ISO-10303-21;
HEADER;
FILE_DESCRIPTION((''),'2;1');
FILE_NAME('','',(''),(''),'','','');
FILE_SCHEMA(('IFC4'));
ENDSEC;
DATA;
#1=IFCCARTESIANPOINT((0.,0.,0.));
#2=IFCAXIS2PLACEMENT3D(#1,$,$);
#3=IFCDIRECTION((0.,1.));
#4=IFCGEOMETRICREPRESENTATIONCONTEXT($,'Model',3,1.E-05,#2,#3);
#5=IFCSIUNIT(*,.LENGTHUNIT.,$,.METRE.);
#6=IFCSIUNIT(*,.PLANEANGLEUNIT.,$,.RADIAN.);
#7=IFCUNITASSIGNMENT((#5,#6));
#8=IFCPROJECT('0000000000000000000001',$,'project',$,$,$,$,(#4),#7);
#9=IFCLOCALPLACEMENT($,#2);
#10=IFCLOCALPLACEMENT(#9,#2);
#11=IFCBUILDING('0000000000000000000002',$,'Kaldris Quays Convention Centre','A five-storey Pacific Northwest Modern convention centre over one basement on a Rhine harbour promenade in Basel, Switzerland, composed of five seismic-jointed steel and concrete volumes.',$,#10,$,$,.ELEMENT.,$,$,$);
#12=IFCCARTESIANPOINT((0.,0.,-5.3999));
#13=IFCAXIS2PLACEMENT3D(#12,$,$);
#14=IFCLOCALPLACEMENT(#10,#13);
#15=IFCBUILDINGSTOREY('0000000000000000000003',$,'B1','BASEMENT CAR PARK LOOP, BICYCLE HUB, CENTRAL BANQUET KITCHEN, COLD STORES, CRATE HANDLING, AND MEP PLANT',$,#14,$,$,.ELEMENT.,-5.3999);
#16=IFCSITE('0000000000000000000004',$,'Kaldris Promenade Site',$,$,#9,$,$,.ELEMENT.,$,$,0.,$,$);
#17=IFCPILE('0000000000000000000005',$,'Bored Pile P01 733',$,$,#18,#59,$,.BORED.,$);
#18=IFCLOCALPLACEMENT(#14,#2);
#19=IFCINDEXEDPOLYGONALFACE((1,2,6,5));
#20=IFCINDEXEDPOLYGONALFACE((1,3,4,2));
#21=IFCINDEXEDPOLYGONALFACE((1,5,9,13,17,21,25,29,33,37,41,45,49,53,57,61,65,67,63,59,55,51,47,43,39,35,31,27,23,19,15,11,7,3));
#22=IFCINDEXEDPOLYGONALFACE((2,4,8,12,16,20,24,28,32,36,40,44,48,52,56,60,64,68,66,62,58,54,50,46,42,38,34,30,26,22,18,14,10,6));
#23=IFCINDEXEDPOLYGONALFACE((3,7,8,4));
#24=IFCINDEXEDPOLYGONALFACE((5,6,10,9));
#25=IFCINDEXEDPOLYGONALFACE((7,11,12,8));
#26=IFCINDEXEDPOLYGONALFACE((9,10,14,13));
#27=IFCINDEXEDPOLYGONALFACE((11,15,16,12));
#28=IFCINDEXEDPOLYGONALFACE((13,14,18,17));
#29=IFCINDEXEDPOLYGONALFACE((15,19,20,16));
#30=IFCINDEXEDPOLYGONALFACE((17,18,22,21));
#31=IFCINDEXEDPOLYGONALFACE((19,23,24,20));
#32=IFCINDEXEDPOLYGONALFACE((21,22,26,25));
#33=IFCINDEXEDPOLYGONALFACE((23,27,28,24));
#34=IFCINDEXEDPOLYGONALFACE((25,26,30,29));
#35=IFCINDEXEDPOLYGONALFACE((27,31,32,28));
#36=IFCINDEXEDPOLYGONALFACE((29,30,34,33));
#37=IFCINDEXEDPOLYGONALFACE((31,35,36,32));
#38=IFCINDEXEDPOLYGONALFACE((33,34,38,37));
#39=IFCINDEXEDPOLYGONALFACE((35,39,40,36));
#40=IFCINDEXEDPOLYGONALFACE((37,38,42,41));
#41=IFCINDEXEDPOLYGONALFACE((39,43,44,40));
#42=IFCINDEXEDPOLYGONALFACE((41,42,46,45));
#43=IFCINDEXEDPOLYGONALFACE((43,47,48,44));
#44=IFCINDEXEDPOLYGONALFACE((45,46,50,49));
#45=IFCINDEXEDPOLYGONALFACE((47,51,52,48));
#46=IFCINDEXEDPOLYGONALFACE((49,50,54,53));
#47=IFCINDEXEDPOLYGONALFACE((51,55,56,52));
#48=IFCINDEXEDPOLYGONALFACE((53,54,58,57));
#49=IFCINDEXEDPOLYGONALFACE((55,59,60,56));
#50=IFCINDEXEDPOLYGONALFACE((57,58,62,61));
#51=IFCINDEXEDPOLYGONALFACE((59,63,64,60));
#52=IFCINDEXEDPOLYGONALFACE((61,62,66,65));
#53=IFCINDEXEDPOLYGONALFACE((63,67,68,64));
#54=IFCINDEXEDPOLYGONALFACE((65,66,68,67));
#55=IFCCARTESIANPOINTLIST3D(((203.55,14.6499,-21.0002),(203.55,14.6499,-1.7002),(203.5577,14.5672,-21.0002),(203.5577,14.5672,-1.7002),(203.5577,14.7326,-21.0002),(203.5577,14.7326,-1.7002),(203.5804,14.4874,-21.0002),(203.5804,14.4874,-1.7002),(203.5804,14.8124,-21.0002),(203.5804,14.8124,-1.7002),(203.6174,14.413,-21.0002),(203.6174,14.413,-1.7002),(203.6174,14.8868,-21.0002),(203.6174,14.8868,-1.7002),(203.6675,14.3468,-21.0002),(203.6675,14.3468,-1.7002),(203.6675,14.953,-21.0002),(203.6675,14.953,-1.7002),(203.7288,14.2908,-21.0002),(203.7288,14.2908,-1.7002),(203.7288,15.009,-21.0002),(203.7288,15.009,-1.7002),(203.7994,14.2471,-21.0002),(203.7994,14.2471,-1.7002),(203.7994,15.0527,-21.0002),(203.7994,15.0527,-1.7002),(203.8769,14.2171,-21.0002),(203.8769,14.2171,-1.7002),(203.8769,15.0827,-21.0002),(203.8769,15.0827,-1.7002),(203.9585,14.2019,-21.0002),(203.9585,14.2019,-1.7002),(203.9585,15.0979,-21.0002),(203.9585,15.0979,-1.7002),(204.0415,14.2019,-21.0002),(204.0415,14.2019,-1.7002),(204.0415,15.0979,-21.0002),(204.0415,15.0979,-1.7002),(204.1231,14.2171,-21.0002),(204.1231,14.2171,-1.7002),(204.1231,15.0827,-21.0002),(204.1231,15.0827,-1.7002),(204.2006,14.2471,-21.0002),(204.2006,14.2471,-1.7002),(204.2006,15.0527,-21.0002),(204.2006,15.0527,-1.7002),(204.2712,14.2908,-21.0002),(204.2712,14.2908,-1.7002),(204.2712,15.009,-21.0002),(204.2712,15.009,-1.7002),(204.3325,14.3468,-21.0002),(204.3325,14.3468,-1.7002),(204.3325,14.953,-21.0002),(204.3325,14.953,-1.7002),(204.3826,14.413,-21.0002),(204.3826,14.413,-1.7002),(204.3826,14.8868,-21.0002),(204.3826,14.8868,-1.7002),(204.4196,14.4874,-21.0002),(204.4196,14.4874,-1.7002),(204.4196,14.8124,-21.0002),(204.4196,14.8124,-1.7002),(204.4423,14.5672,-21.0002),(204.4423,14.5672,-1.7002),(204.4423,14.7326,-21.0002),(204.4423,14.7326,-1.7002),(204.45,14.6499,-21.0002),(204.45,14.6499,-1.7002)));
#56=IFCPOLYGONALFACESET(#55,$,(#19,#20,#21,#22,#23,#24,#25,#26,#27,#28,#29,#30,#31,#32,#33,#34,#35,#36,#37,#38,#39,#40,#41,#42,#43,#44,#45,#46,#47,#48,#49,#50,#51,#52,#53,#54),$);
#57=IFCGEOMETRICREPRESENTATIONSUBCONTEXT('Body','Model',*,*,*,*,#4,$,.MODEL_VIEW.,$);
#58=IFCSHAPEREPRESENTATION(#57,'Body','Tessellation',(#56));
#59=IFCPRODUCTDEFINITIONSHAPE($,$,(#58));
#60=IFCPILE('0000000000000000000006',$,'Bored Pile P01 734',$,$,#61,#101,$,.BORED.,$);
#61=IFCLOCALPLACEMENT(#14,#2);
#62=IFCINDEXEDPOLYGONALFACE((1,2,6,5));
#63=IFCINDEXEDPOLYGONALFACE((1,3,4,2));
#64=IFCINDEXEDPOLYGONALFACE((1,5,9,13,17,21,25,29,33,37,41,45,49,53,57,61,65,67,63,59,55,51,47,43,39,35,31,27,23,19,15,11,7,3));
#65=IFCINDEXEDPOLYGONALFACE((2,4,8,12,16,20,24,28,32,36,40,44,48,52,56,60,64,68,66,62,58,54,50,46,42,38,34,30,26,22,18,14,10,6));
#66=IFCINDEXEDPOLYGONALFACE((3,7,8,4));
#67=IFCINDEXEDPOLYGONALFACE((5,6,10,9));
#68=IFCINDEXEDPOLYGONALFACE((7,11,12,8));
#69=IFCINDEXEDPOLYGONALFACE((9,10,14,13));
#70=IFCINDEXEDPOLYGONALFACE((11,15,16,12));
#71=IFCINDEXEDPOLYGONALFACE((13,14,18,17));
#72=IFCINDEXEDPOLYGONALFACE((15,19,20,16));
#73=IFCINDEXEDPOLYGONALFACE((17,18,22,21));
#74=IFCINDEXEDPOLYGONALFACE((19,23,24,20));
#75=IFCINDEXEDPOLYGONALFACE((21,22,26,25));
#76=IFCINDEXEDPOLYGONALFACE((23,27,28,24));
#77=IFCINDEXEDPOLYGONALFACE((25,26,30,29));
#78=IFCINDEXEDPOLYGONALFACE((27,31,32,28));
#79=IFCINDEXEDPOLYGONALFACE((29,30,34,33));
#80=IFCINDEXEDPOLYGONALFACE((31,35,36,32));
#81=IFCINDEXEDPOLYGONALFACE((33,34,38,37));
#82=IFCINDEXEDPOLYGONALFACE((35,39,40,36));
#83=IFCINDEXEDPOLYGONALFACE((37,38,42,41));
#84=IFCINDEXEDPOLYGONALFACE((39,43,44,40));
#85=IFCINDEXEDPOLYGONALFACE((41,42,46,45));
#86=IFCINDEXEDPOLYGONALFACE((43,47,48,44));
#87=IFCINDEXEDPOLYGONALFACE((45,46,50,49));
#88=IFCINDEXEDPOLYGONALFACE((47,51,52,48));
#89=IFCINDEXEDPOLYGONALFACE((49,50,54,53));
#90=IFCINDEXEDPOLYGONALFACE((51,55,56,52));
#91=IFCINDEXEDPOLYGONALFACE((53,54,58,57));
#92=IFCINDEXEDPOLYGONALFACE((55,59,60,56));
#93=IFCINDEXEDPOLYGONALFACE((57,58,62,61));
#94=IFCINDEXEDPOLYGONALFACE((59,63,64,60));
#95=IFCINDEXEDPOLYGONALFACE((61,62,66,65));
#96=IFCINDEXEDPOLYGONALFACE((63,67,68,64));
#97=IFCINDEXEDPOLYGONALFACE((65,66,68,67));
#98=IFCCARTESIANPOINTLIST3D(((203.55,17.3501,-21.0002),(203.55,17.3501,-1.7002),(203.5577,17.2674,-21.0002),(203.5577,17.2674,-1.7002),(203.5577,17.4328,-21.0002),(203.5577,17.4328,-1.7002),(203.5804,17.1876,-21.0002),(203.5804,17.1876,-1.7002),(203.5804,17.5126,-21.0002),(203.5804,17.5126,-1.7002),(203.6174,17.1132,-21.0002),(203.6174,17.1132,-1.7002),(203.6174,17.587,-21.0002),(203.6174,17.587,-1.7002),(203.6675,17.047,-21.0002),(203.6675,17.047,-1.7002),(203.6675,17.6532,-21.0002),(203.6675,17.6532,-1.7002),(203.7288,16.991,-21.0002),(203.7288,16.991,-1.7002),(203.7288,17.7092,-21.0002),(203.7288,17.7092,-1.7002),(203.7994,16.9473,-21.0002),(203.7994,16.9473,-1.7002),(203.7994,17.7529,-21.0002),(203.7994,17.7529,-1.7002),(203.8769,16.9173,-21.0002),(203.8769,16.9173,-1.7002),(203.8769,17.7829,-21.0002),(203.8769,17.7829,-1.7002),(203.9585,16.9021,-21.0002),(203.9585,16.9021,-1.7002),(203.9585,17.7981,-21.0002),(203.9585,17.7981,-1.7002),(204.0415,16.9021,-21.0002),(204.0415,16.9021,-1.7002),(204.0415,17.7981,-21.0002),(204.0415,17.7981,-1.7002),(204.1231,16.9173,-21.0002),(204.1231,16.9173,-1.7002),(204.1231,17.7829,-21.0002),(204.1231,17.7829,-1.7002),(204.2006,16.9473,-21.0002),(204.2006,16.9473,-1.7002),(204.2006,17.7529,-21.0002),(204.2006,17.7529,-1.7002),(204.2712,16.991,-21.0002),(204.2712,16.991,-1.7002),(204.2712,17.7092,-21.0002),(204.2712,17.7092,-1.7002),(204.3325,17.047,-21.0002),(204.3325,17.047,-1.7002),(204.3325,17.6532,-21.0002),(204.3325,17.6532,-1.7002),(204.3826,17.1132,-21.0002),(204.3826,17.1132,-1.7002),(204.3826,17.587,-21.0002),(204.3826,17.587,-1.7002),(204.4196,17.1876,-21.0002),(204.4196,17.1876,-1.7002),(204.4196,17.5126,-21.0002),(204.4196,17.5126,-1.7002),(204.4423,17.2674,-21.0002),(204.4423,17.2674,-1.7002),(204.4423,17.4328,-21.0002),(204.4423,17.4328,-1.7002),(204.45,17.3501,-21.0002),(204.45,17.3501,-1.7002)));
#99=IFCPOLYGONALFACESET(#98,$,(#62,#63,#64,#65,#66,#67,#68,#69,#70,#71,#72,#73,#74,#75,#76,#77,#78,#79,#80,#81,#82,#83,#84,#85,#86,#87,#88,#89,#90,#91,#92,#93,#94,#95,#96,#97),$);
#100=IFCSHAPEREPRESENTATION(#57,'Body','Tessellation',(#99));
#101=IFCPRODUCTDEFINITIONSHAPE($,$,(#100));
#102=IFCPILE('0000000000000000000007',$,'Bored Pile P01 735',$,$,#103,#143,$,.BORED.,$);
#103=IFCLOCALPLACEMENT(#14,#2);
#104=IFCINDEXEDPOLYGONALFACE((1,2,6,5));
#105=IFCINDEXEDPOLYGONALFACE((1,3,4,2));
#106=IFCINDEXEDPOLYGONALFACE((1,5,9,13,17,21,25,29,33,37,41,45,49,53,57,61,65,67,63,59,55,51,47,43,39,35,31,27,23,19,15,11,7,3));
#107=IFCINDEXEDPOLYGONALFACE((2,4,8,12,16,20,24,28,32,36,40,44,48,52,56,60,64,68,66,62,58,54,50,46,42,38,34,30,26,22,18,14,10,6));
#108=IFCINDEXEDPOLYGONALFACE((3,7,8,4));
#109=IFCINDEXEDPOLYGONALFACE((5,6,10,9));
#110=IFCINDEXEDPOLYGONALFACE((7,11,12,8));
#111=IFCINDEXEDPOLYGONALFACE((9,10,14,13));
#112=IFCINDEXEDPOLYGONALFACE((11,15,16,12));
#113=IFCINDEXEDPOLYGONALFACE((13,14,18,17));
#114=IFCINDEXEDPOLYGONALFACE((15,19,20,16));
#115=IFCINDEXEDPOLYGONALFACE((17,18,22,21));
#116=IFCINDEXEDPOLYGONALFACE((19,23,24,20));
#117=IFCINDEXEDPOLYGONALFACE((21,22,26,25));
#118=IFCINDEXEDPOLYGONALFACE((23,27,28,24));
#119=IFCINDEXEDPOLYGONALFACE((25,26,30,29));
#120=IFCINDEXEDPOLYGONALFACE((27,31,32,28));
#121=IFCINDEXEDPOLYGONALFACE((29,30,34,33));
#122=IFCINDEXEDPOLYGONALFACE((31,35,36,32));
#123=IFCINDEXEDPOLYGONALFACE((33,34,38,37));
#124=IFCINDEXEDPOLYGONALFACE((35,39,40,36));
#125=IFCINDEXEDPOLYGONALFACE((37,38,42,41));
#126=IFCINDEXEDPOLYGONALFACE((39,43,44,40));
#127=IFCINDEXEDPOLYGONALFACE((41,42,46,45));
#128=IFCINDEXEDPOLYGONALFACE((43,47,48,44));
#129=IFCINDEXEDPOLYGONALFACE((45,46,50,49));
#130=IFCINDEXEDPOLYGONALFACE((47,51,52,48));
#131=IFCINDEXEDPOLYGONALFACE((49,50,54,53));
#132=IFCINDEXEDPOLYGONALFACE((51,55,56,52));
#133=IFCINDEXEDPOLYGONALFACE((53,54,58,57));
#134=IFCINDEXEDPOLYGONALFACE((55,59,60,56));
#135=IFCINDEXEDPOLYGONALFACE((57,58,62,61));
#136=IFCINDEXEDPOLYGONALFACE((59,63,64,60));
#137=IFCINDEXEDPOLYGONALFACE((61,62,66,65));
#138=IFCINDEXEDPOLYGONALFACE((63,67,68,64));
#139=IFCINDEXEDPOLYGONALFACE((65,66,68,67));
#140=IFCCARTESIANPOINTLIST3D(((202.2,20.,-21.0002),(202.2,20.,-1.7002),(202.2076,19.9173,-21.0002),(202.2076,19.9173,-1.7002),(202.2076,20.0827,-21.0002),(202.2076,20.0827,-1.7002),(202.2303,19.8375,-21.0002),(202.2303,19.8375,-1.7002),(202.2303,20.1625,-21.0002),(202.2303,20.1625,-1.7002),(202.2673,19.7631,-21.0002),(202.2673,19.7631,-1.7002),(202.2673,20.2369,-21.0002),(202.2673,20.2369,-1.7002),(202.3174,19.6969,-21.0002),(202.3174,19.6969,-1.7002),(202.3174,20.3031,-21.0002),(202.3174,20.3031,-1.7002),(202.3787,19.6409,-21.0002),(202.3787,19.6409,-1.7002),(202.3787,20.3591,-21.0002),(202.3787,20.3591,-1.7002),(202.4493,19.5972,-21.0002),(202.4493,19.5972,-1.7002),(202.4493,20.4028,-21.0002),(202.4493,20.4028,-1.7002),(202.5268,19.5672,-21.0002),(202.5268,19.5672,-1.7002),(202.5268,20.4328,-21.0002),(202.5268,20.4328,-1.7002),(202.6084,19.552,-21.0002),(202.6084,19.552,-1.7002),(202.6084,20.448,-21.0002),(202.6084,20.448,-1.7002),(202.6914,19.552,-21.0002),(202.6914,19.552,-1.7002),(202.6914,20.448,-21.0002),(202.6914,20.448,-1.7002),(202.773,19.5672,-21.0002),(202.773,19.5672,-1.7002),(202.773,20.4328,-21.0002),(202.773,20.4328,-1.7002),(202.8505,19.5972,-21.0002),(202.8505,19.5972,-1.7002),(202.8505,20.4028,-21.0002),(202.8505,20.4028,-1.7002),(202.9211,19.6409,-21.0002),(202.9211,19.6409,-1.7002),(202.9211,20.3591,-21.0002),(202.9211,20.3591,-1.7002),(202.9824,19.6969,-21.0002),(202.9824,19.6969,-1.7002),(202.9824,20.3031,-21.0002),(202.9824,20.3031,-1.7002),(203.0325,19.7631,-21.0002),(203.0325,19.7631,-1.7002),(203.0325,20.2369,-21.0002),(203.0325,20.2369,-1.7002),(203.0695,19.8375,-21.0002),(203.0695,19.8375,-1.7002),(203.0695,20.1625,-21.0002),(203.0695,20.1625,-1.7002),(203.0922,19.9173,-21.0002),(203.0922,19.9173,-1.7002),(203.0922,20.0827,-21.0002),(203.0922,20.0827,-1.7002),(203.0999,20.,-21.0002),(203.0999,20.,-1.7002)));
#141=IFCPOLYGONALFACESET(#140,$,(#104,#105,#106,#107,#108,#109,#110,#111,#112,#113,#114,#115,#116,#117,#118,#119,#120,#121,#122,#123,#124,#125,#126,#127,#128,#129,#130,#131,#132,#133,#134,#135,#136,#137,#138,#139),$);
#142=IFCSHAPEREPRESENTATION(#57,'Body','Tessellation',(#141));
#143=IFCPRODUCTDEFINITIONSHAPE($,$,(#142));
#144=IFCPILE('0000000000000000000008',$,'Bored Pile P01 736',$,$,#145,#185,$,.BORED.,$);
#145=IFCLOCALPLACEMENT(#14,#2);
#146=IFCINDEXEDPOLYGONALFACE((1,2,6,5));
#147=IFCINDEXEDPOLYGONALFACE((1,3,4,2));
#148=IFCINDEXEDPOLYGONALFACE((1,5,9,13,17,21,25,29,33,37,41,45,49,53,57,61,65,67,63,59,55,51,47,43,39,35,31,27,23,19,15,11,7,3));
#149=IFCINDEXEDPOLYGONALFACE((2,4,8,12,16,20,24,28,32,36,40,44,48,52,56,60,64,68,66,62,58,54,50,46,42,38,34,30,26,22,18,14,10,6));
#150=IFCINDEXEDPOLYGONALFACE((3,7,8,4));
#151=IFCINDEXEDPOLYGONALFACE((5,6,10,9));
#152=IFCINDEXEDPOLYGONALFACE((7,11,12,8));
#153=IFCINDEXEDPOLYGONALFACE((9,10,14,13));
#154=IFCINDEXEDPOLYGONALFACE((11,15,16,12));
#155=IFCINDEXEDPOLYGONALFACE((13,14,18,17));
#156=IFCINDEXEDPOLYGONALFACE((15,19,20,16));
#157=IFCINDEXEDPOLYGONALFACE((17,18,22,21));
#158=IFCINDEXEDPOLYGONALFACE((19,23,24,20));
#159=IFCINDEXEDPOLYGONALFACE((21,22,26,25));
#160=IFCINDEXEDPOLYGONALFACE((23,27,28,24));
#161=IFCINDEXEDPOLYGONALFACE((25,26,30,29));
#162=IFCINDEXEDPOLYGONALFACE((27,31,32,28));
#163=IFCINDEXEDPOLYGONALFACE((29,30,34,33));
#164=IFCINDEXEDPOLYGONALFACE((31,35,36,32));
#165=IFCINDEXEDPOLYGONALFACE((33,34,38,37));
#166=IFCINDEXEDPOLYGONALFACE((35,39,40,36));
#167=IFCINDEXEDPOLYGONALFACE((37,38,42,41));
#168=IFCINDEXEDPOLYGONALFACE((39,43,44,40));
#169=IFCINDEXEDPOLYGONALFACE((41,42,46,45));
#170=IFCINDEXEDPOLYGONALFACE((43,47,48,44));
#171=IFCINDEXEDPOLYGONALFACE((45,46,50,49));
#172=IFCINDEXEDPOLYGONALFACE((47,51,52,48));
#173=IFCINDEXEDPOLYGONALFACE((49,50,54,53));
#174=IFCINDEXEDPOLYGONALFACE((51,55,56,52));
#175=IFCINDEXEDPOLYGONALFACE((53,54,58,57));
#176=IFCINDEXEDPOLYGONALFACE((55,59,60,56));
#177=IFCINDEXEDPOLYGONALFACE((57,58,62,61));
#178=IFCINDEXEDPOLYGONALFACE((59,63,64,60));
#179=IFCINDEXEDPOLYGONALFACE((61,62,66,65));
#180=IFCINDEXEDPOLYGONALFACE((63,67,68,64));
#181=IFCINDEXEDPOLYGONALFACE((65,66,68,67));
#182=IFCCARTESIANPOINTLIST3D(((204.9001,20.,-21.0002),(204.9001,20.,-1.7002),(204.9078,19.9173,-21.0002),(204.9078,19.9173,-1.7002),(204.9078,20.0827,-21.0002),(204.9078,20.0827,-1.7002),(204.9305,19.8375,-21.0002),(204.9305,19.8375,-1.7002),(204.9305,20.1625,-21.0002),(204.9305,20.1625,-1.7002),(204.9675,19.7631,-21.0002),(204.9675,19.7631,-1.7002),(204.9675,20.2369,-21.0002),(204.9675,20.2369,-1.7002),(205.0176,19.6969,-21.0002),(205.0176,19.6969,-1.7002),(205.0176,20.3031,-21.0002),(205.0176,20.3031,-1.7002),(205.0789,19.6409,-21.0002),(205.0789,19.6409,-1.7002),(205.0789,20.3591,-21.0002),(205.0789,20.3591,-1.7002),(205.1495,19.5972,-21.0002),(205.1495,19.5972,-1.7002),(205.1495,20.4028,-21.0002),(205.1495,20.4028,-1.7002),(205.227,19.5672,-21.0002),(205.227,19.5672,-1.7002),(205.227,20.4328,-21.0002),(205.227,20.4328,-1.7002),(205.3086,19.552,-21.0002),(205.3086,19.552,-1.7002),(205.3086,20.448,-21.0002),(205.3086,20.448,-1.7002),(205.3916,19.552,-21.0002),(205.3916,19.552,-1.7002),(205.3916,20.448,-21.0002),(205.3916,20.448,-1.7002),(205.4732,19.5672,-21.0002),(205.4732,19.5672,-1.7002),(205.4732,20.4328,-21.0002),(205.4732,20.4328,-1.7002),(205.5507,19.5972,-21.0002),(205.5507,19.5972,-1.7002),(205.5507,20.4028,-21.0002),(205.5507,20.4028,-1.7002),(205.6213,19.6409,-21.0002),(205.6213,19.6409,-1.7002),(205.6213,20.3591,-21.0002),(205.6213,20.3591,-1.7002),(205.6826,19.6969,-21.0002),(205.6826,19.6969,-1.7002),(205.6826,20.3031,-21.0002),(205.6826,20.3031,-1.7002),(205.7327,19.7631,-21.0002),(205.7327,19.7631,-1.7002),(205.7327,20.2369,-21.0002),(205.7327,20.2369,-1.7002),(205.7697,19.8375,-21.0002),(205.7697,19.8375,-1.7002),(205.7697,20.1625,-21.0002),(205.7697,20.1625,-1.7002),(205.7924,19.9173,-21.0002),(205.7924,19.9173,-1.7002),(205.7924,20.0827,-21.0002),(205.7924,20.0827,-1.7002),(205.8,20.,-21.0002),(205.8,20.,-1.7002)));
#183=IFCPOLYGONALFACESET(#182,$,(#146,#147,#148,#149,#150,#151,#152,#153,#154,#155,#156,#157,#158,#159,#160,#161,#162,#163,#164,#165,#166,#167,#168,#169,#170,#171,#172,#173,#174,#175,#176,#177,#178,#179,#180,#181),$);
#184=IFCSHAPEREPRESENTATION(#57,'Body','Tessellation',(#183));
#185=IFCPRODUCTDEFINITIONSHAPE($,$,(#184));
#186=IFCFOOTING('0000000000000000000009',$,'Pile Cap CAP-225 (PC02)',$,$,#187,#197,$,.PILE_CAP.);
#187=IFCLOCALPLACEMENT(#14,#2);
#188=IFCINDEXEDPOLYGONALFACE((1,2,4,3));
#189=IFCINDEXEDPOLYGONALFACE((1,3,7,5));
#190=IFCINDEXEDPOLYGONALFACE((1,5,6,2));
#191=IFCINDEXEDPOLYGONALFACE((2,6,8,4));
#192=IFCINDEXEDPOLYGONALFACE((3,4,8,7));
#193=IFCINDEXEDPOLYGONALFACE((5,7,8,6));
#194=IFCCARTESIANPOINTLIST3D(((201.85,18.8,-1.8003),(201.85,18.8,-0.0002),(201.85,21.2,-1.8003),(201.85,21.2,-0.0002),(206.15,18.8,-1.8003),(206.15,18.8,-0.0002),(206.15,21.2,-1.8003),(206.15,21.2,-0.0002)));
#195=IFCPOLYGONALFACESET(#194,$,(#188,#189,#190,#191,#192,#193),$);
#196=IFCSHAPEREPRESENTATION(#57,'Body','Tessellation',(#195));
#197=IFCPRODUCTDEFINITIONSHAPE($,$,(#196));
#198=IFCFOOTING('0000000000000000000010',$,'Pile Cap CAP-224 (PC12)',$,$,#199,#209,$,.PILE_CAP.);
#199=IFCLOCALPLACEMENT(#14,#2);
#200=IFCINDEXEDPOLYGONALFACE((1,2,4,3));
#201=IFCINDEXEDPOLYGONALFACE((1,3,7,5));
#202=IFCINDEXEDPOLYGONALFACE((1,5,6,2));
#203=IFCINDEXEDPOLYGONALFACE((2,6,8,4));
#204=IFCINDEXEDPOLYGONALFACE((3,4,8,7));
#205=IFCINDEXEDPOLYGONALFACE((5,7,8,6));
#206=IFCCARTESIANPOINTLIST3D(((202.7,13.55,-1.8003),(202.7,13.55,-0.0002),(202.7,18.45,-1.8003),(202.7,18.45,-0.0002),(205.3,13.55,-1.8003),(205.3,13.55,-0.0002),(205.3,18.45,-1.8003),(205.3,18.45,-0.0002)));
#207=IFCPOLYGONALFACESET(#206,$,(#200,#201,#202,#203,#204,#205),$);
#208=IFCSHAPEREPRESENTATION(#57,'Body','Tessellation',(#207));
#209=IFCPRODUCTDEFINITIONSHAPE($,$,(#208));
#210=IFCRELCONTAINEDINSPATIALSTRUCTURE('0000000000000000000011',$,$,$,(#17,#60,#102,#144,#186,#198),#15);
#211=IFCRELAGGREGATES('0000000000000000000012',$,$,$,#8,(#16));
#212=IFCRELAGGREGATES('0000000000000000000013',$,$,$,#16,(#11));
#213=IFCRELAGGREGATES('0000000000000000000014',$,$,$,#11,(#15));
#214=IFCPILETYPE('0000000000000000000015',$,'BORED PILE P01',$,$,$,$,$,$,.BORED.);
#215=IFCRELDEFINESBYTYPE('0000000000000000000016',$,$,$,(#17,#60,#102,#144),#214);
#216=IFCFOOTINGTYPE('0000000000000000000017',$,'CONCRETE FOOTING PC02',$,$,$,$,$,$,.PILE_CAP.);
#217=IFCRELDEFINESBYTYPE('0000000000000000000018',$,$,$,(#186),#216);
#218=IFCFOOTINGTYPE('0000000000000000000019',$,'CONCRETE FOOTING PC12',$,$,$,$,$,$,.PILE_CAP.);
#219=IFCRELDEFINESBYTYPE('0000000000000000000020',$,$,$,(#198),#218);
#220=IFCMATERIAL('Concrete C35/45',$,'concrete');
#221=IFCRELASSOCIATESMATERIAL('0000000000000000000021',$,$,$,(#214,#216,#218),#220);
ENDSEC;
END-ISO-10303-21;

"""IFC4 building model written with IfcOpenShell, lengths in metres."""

from ifc_helpers import new_model, si_unit, direction, frame, origin, origin_2d, place, context, subcontext, project, spatial, rectangle, circle, extrude, material, material_profile, profile_set, type_object, element, save


model = new_model("IFC4")

# Units and contexts
model_context = context("Model", 3, precision=1e-05, world=origin(), true_north=direction((0.0, 1.0)))
body_context = subcontext(model_context, "Body", "Model", "MODEL_VIEW")
ifc_project = project(units=[si_unit("LENGTHUNIT", "METRE"), si_unit("PLANEANGLEUNIT", "RADIAN")], contexts=[model_context])

# Site, building, storey
site_placement = place(None, origin())
site = spatial("IfcSite", under=ifc_project, at=site_placement, Name="Kaldris Promenade Site", CompositionType="ELEMENT", RefElevation=0.0)
building_placement = place(site_placement, origin())
building = spatial("IfcBuilding", under=site, at=building_placement, Name="Kaldris Quays Convention Centre", Description="A five-storey Pacific Northwest Modern convention centre over one basement on a Rhine harbour promenade in Basel, Switzerland, composed of five seismic-jointed steel and concrete volumes.", CompositionType="ELEMENT")
storey_placement = place(building_placement, frame((0.0, 0.0, -5.3999)))
storey = spatial("IfcBuildingStorey", under=building, at=storey_placement, Name="B1", Description="BASEMENT CAR PARK LOOP, BICYCLE HUB, CENTRAL BANQUET KITCHEN, COLD STORES, CRATE HANDLING, AND MEP PLANT", CompositionType="ELEMENT", Elevation=-5.3999)

# Piles
ifc_material_1 = material(Name="Concrete C35/45", Category="concrete")
ifc_material_profile_1 = material_profile(ifc_material_1, circle(Radius=0.45, at=origin_2d()), Name="BORED PILE D900")
ifc_profile_set_1 = profile_set([ifc_material_profile_1], Name="Concrete C35/45")
pile_type = type_object("IfcPileType", Name="BORED PILE P01", PredefinedType="BORED", material=ifc_profile_set_1)
for number, where, z_axis, x_axis, name in (
    (1, (204.0, 14.6499, -1.7002), (0.0, 0.0, -1.0), (1.0, 0.0, 0.0), "Bored Pile P01 733"),
    (2, (204.0, 17.3501, -1.7002), (0.0, 0.0, -1.0), (1.0, 0.0, 0.0), "Bored Pile P01 734"),
    (3, (202.6499, 20.0, -1.7002), (0.0, 0.0, -1.0), (1.0, 0.0, 0.0), "Bored Pile P01 735"),
    (4, (205.3501, 20.0, -1.7002), (0.0, 0.0, -1.0), (1.0, 0.0, 0.0), "Bored Pile P01 736"),
):
    element("IfcPile", number, at=place(storey_placement, frame(where, z_axis=z_axis, x_axis=x_axis)), inside=storey, type_object=pile_type, Name=name, PredefinedType="BORED", context=body_context, shape_type="SweptSolid", body=[
        extrude(circle(Radius=0.45, at=origin_2d()), origin(), (0.0, 0.0, 1.0), 19.3),
    ])

# Footings
footing_type_1 = type_object("IfcFootingType", Name="CONCRETE FOOTING PC02", PredefinedType="PILE_CAP", material=ifc_material_1)
footing_1_placement = place(storey_placement, frame((204.0, 20.0, -1.8003), z_axis=(0.0, 0.0, 1.0), x_axis=(1.0, 0.0, 0.0)))
element("IfcFooting", 5, at=footing_1_placement, inside=storey, type_object=footing_type_1, Name="Pile Cap CAP-225 (PC02)", PredefinedType="PILE_CAP", context=body_context, shape_type="SweptSolid", body=[
    extrude(rectangle(XDim=4.3, YDim=2.3999, at=origin_2d()), origin(), (0.0, 0.0, 1.0), 1.8),
])
footing_type_2 = type_object("IfcFootingType", Name="CONCRETE FOOTING PC12", PredefinedType="PILE_CAP", material=ifc_material_1)
footing_2_placement = place(storey_placement, frame((204.0, 16.0, -1.8003), z_axis=(0.0, 0.0, 1.0), x_axis=(1.0, 0.0, 0.0)))
element("IfcFooting", 6, at=footing_2_placement, inside=storey, type_object=footing_type_2, Name="Pile Cap CAP-224 (PC12)", PredefinedType="PILE_CAP", context=body_context, shape_type="SweptSolid", body=[
    extrude(rectangle(XDim=2.6001, YDim=4.8999, at=origin_2d()), origin(), (0.0, 0.0, 1.0), 1.8),
])

save(model, "model.ifc")
